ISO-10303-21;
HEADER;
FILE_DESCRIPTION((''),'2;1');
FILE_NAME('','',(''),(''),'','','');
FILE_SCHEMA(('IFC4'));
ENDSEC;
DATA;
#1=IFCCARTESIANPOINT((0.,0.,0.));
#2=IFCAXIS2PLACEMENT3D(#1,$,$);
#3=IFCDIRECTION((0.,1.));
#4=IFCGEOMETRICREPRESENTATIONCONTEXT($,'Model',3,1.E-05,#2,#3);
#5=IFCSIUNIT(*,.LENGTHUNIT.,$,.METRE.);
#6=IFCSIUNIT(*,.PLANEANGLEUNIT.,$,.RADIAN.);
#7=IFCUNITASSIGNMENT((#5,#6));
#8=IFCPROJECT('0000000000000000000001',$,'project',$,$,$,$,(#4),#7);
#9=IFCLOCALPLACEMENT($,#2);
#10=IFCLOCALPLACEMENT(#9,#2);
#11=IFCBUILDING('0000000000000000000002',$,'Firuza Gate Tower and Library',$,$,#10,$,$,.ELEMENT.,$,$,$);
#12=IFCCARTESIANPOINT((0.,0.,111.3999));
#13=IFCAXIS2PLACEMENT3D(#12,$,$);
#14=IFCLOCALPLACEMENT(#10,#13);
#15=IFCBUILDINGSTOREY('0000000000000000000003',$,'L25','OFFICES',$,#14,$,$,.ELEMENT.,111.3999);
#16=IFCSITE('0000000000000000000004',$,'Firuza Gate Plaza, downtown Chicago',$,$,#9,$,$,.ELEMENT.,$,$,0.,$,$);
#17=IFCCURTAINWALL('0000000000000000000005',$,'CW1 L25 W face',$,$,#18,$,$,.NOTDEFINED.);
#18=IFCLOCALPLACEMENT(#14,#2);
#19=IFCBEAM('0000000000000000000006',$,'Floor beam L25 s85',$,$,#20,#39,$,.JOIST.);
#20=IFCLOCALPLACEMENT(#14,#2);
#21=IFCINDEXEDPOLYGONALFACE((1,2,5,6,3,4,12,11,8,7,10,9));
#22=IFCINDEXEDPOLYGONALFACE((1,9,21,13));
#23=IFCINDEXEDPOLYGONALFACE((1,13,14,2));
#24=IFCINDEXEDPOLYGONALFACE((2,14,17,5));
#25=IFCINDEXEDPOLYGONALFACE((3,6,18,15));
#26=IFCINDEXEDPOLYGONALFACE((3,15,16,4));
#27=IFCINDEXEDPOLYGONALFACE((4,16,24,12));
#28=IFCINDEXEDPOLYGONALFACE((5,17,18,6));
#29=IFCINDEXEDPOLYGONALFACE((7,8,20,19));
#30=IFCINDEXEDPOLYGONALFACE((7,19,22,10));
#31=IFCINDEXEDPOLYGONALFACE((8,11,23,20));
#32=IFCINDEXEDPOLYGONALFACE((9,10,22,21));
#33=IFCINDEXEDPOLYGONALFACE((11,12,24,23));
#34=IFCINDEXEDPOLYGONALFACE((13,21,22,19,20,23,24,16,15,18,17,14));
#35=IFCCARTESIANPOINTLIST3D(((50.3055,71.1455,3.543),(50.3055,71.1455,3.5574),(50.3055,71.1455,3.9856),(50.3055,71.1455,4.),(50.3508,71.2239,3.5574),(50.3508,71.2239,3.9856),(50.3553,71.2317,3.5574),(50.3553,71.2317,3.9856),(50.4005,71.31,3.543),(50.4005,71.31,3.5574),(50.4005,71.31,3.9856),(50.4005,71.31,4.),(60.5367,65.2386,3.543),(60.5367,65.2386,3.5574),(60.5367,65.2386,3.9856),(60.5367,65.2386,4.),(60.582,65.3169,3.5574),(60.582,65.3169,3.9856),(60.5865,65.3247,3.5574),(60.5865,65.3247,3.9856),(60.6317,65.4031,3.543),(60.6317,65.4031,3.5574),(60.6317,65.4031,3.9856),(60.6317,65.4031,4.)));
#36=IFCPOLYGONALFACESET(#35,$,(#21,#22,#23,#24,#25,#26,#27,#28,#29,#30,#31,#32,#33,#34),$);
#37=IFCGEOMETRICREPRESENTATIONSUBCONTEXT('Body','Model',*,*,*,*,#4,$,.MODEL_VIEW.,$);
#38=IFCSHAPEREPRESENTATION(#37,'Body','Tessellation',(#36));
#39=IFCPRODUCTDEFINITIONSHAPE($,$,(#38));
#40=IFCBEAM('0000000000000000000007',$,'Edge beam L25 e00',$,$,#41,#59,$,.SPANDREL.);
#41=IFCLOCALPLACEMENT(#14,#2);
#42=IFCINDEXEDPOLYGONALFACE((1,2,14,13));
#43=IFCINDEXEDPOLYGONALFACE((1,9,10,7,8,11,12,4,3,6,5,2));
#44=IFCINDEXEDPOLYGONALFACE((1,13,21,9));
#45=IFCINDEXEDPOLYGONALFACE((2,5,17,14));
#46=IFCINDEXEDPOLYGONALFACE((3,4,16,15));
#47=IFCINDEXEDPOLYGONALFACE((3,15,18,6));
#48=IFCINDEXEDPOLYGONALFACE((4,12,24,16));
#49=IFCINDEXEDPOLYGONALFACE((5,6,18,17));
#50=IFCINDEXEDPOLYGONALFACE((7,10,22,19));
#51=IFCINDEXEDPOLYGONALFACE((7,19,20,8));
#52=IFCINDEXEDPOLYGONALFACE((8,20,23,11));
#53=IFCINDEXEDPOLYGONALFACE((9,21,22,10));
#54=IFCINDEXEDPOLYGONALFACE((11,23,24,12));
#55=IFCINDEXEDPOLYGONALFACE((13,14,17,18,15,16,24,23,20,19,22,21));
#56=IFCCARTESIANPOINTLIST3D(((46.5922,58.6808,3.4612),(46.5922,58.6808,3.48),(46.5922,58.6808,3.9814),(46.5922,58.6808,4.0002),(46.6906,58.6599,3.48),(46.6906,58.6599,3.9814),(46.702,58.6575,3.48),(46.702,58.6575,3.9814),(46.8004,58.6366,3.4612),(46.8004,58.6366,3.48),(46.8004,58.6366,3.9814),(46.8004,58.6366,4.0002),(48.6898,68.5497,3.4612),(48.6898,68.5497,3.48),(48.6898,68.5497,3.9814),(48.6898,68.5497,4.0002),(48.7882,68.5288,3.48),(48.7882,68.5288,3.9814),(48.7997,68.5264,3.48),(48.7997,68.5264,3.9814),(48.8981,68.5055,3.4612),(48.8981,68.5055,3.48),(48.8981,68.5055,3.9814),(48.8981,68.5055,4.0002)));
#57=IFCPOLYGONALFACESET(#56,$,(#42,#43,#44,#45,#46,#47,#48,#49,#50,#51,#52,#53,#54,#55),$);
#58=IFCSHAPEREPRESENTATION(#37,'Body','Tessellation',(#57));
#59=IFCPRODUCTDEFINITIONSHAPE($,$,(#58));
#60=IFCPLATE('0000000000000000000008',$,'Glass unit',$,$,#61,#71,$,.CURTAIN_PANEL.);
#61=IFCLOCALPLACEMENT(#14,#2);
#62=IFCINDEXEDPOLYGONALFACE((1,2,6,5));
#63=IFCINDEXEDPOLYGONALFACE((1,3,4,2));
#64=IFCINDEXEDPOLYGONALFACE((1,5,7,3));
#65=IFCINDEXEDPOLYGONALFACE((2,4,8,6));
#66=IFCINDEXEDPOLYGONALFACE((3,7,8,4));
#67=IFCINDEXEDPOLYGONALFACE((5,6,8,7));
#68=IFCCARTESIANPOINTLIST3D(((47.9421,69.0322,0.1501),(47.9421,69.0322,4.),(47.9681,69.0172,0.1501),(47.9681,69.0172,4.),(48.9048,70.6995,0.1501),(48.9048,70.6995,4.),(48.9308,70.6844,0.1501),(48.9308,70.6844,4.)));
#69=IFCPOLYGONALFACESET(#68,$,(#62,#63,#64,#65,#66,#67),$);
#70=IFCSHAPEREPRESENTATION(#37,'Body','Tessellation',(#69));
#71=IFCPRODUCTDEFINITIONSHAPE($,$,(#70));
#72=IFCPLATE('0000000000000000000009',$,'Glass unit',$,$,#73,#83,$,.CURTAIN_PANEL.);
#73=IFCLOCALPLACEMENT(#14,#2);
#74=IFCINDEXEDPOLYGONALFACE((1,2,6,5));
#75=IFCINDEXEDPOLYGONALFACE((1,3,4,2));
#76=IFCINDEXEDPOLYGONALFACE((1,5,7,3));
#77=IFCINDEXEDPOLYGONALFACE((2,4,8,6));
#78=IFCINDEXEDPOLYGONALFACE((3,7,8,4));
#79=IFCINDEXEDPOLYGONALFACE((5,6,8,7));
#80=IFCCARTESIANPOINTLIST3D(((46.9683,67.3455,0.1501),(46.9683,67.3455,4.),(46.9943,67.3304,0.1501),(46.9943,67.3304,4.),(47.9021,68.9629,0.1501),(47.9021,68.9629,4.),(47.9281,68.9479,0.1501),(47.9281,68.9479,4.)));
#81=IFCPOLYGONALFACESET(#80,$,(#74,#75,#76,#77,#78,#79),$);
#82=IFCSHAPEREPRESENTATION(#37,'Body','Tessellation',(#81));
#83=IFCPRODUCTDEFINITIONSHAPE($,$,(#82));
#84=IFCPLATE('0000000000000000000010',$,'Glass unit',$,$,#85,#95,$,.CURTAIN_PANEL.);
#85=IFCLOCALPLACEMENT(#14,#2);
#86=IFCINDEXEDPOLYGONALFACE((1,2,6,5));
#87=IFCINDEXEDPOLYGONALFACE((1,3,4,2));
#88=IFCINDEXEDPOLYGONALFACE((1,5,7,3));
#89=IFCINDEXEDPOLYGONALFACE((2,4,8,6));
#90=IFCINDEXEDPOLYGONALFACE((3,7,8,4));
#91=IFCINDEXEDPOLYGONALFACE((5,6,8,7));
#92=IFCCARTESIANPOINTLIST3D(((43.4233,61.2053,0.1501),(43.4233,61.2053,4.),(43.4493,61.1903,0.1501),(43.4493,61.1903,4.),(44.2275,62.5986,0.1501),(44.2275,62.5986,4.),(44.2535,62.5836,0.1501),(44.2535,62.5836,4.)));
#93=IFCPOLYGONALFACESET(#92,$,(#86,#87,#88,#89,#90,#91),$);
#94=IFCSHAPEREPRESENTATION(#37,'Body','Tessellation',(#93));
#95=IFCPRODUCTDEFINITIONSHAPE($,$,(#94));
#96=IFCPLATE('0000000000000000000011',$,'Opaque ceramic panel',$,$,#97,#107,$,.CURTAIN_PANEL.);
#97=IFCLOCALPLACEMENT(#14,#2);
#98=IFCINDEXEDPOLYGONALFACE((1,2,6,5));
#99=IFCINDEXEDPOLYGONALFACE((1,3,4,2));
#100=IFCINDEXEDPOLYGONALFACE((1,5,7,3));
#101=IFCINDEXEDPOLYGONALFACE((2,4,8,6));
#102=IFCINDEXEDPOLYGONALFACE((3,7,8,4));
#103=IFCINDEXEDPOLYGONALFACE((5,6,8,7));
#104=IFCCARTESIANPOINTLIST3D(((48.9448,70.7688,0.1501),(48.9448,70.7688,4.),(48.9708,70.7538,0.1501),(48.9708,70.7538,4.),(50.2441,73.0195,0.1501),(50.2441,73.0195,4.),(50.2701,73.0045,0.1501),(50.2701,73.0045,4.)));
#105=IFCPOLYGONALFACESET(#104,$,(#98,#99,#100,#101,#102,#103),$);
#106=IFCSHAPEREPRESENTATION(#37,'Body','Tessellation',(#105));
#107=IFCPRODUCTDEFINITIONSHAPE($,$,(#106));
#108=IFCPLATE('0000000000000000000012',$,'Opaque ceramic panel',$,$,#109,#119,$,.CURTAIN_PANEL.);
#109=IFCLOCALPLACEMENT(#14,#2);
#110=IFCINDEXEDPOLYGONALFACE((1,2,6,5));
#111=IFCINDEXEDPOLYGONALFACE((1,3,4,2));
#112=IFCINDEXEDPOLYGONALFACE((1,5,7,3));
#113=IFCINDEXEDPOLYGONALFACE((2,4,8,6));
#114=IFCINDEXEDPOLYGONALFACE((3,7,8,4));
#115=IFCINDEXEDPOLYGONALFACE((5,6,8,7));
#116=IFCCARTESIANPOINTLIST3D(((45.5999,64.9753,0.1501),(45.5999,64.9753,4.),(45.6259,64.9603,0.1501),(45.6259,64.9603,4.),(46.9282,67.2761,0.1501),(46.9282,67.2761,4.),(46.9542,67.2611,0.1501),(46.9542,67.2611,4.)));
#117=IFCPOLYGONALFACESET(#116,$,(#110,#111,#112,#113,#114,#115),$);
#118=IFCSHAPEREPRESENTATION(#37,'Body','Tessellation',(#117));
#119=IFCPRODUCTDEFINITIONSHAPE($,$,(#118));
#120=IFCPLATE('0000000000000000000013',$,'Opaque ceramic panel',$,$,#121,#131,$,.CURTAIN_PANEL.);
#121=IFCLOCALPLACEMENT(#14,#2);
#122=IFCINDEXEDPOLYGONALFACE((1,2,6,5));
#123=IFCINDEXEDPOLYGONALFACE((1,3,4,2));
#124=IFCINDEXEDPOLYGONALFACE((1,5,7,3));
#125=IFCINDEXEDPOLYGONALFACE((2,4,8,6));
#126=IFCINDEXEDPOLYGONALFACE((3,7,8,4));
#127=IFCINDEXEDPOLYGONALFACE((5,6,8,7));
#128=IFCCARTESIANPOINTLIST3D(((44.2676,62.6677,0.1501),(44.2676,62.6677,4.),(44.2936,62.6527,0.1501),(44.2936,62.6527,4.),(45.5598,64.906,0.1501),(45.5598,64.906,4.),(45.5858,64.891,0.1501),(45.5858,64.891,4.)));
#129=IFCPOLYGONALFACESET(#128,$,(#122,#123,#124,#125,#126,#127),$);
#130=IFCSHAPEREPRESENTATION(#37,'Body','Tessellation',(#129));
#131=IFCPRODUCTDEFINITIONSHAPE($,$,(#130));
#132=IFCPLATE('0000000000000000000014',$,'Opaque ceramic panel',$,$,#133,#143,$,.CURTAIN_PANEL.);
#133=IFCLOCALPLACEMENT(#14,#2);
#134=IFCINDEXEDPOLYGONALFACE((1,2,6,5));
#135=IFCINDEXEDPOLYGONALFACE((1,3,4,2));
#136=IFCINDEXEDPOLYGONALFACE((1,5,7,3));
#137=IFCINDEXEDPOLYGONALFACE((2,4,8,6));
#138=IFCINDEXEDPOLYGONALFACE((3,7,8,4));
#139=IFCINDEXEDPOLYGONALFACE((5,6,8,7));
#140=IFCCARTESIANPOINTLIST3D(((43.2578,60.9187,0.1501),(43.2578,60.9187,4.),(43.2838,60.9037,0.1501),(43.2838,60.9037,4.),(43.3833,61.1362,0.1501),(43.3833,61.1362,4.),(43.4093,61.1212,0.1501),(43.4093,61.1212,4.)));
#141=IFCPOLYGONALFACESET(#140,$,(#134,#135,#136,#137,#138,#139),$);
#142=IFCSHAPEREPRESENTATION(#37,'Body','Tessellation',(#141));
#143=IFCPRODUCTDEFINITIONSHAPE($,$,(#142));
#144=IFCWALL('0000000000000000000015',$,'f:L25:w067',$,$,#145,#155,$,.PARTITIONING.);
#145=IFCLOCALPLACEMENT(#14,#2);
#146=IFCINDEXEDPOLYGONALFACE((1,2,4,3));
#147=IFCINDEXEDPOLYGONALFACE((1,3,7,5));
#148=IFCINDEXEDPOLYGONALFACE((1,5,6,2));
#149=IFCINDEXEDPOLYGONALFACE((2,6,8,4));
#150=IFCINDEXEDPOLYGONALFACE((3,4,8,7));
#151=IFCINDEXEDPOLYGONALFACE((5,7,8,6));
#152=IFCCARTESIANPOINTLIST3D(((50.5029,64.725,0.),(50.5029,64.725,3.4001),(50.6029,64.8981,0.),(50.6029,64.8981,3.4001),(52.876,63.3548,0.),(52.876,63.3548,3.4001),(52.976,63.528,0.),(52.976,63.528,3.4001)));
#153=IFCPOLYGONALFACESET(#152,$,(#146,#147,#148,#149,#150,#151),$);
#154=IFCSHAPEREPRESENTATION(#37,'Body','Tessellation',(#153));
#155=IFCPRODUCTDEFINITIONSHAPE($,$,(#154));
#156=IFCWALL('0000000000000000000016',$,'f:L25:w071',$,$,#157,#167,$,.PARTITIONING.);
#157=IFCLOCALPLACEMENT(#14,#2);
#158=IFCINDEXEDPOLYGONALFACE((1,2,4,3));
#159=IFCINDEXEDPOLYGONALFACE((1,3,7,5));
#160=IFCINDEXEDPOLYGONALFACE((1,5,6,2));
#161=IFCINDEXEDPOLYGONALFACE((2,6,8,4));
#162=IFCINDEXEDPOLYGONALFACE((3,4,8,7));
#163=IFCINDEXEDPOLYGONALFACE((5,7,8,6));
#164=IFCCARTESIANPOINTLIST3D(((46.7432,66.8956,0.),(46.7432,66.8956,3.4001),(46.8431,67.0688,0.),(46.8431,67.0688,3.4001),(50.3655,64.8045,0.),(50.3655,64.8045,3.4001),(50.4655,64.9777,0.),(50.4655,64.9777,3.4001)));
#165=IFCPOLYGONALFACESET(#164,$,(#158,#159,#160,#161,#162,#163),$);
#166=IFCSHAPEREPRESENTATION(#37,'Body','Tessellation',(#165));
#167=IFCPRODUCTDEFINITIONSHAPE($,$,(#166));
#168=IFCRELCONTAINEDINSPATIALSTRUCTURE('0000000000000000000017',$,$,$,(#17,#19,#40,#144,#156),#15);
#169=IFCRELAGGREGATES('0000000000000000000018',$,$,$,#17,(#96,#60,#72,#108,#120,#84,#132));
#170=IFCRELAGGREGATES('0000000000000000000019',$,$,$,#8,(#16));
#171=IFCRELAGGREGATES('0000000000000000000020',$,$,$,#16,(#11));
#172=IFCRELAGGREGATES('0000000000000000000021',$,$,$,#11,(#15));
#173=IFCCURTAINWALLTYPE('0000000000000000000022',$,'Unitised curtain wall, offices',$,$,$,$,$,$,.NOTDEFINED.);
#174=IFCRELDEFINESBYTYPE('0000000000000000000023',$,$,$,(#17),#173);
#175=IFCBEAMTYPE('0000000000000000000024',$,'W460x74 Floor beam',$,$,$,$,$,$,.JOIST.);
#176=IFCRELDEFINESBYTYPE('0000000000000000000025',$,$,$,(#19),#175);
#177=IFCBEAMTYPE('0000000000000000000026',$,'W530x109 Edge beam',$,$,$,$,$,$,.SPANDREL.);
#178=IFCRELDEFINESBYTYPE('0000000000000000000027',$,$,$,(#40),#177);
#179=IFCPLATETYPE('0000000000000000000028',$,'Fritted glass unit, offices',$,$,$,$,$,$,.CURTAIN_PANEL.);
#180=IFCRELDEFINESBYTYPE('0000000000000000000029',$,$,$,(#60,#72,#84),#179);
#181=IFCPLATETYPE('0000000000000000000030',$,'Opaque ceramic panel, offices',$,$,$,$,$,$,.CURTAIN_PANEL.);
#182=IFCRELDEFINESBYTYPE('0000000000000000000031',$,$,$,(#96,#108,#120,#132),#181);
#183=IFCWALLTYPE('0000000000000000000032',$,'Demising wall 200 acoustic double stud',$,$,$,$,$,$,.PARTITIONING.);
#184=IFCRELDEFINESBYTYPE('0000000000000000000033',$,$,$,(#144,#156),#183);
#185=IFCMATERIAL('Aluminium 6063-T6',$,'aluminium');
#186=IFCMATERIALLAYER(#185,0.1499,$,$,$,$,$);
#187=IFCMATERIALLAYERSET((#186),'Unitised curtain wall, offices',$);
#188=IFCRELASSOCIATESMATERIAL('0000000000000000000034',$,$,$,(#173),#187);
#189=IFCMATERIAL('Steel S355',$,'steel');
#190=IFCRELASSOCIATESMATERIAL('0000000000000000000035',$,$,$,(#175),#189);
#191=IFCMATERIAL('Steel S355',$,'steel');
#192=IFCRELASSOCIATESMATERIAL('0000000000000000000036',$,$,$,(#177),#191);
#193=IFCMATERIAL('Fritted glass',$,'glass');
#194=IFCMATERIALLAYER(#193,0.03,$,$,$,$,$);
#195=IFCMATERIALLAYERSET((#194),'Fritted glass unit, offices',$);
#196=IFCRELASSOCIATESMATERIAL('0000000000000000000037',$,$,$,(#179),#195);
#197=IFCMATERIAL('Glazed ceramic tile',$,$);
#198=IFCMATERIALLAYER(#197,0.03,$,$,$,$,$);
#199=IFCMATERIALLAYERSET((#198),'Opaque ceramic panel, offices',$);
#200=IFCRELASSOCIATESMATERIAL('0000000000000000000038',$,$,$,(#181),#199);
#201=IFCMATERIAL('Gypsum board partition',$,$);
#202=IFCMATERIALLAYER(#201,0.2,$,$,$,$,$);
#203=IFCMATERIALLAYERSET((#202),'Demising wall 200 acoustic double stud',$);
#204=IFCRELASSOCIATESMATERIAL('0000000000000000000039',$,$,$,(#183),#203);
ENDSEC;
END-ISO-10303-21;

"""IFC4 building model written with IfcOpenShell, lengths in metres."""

from ifc_helpers import new_model, si_unit, direction, frame, frame_2d, origin, origin_2d, place, context, subcontext, project, spatial, polyline, rectangle, i_section, outline, extrude, material, layer, layer_set, material_profile, profile_set, type_object, element, aggregate, save


model = new_model("IFC4")

# Units and contexts
model_context = context("Model", 3, precision=1e-05, world=origin(), true_north=direction((0.0, 1.0)))
body_context = subcontext(model_context, "Body", "Model", "MODEL_VIEW")
ifc_project = project(units=[si_unit("LENGTHUNIT", "METRE"), si_unit("PLANEANGLEUNIT", "RADIAN")], contexts=[model_context])

# Site, building, storey
site_placement = place(None, origin())
site = spatial("IfcSite", under=ifc_project, at=site_placement, Name="Firuza Gate Plaza, downtown Chicago", CompositionType="ELEMENT", RefElevation=0.0)
building_placement = place(site_placement, origin())
building = spatial("IfcBuilding", under=site, at=building_placement, Name="Firuza Gate Tower and Library", CompositionType="ELEMENT")
storey_placement = place(building_placement, frame((0.0, 0.0, 111.3999)))
storey = spatial("IfcBuildingStorey", under=building, at=storey_placement, Name="L25", Description="OFFICES", CompositionType="ELEMENT", Elevation=111.3999)

# Curtain wall
ifc_material_1 = material(Name="Aluminium 6063-T6", Category="aluminium")
ifc_layer_1 = layer(ifc_material_1, 0.1499)
ifc_layer_set_1 = layer_set([ifc_layer_1], Name="Unitised curtain wall, offices")
curtain_wall_type_1 = type_object("IfcCurtainWallType", Name="Unitised curtain wall, offices", PredefinedType="NOTDEFINED", material=ifc_layer_set_1)
placement = place(storey_placement, origin())
curtain_wall_1 = element("IfcCurtainWall", 1, at=placement, inside=storey, type_object=curtain_wall_type_1, Name="CW1 L25 W face", PredefinedType="NOTDEFINED")

# Beams
ifc_material_2 = material(Name="Steel S355", Category="steel")
ifc_material_profile_1 = material_profile(ifc_material_2, i_section(OverallWidth=0.1899, OverallDepth=0.457, WebThickness=0.009, FlangeThickness=0.0144, at=origin_2d()))
ifc_profile_set_1 = profile_set([ifc_material_profile_1], Name="Steel S355")
beam_type_1 = type_object("IfcBeamType", Name="W460x74 Floor beam", PredefinedType="JOIST", material=ifc_profile_set_1)
beam_1_placement = place(storey_placement, frame((50.353, 71.2278, 3.7715), z_axis=(0.866026, -0.5, 0.0), x_axis=(0.5, 0.866026, 0.0)))
element("IfcBeam", 2, at=beam_1_placement, inside=storey, type_object=beam_type_1, Name="Floor beam L25 s85", PredefinedType="JOIST", context=body_context, shape_type="SweptSolid", body=[
    extrude(i_section(OverallWidth=0.1899, OverallDepth=0.457, WebThickness=0.009, FlangeThickness=0.0144, at=origin_2d()), origin(), (0.0, 0.0, 1.0), 11.814),
])
ifc_material_3 = material(Name="Steel S355", Category="steel")
ifc_material_profile_2 = material_profile(ifc_material_3, i_section(OverallWidth=0.2129, OverallDepth=0.5391, WebThickness=0.0117, FlangeThickness=0.0188, at=origin_2d()))
ifc_profile_set_2 = profile_set([ifc_material_profile_2], Name="Steel S355")
beam_type_2 = type_object("IfcBeamType", Name="W530x109 Edge beam", PredefinedType="SPANDREL", material=ifc_profile_set_2)
beam_2_placement = place(storey_placement, frame((48.7939, 68.5276, 3.7307), z_axis=(-0.207908, -0.978148, 0.0), x_axis=(0.978148, -0.207908, 0.0)))
element("IfcBeam", 3, at=beam_2_placement, inside=storey, type_object=beam_type_2, Name="Edge beam L25 e00", PredefinedType="SPANDREL", context=body_context, shape_type="SweptSolid", body=[
    extrude(i_section(OverallWidth=0.2129, OverallDepth=0.5391, WebThickness=0.0117, FlangeThickness=0.0188, at=origin_2d()), origin(), (0.0, 0.0, 1.0), 10.0894),
])

# Plates
ifc_material_4 = material(Name="Fritted glass", Category="glass")
ifc_layer_2 = layer(ifc_material_4, 0.03)
ifc_layer_set_2 = layer_set([ifc_layer_2], Name="Fritted glass unit, offices")
plate_type_1 = type_object("IfcPlateType", Name="Fritted glass unit, offices", PredefinedType="CURTAIN_PANEL", material=ifc_layer_set_2)
plate_1_placement = place(storey_placement, frame((48.9048, 70.6995, 0.1501), z_axis=(-0.86601, 0.500026, 0.0), x_axis=(-0.500026, -0.86601, 0.0)))
plate_1 = element("IfcPlate", 4, at=plate_1_placement, type_object=plate_type_1, Name="Glass unit", PredefinedType="CURTAIN_PANEL", context=body_context, shape_type="SweptSolid", body=[
    extrude(outline(polyline([(0.0, 0.0), (1.9252, 0.0), (1.9252, 3.8499), (0.0, 3.8499), (0.0, 0.0)])), origin(), (0.0, 0.0, -1.0), 0.03),
])
plate_2_placement = place(storey_placement, frame((47.9021, 68.9629, 0.1501), z_axis=(-0.866022, 0.500005, 0.0), x_axis=(-0.500005, -0.866022, 0.0)))
plate_2 = element("IfcPlate", 5, at=plate_2_placement, type_object=plate_type_1, Name="Glass unit", PredefinedType="CURTAIN_PANEL", context=body_context, shape_type="SweptSolid", body=[
    extrude(outline(polyline([(0.0, 0.0), (1.8677, 0.0), (1.8677, 3.8499), (0.0, 3.8499), (0.0, 0.0)])), origin(), (0.0, 0.0, -1.0), 0.03),
])
plate_3_placement = place(storey_placement, frame((44.2275, 62.5986, 0.1501), z_axis=(-0.866087, 0.499893, 0.0), x_axis=(-0.499893, -0.866087, 0.0)))
plate_3 = element("IfcPlate", 6, at=plate_3_placement, type_object=plate_type_1, Name="Glass unit", PredefinedType="CURTAIN_PANEL", context=body_context, shape_type="SweptSolid", body=[
    extrude(outline(polyline([(0.0, 0.0), (1.6087, 0.0), (1.6087, 3.8499), (0.0, 3.8499), (0.0, 0.0)])), origin(), (0.0, 0.0, -1.0), 0.03),
])
ifc_material_5 = material(Name="Glazed ceramic tile")
ifc_layer_3 = layer(ifc_material_5, 0.03)
ifc_layer_set_3 = layer_set([ifc_layer_3], Name="Opaque ceramic panel, offices")
plate_type_2 = type_object("IfcPlateType", Name="Opaque ceramic panel, offices", PredefinedType="CURTAIN_PANEL", material=ifc_layer_set_3)
plate_4_placement = place(storey_placement, frame((50.2441, 73.0195, 0.1501), z_axis=(-0.866049, 0.499958, 0.0), x_axis=(-0.499958, -0.866049, 0.0)))
plate_4 = element("IfcPlate", 7, at=plate_4_placement, type_object=plate_type_2, Name="Opaque ceramic panel", PredefinedType="CURTAIN_PANEL", context=body_context, shape_type="SweptSolid", body=[
    extrude(outline(polyline([(0.0, 0.0), (2.5988, 0.0), (2.5988, 3.8499), (0.0, 3.8499), (0.0, 0.0)])), origin(), (0.0, 0.0, -1.0), 0.03),
])
plate_5_placement = place(storey_placement, frame((46.9282, 67.2761, 0.1501), z_axis=(-0.866023, 0.500004, 0.0), x_axis=(-0.500004, -0.866023, 0.0)))
plate_5 = element("IfcPlate", 8, at=plate_5_placement, type_object=plate_type_2, Name="Opaque ceramic panel", PredefinedType="CURTAIN_PANEL", context=body_context, shape_type="SweptSolid", body=[
    extrude(outline(polyline([(0.0, 0.0), (2.6567, 0.0), (2.6567, 3.8499), (0.0, 3.8499), (0.0, 0.0)])), origin(), (0.0, 0.0, -1.0), 0.03),
])
plate_6_placement = place(storey_placement, frame((45.5598, 64.906, 0.1501), z_axis=(-0.866031, 0.49999, 0.0), x_axis=(-0.49999, -0.866031, 0.0)))
plate_6 = element("IfcPlate", 9, at=plate_6_placement, type_object=plate_type_2, Name="Opaque ceramic panel", PredefinedType="CURTAIN_PANEL", context=body_context, shape_type="SweptSolid", body=[
    extrude(outline(polyline([(0.0, 0.0), (2.5845, 0.0), (2.5845, 3.8499), (0.0, 3.8499), (0.0, 0.0)])), origin(), (0.0, 0.0, -1.0), 0.03),
])
plate_7_placement = place(storey_placement, frame((43.3833, 61.1362, 0.1501), z_axis=(-0.866202, 0.499694, 0.0), x_axis=(-0.499694, -0.866202, 0.0)))
plate_7 = element("IfcPlate", 10, at=plate_7_placement, type_object=plate_type_2, Name="Opaque ceramic panel", PredefinedType="CURTAIN_PANEL", context=body_context, shape_type="SweptSolid", body=[
    extrude(outline(polyline([(0.0, 0.0), (0.2511, 0.0), (0.2511, 3.8499), (0.0, 3.8499), (0.0, 0.0)])), origin(), (0.0, 0.0, -1.0), 0.03),
])
aggregate(curtain_wall_1, [plate_4, plate_1, plate_2, plate_5, plate_6, plate_3, plate_7])

# Walls
ifc_material_6 = material(Name="Gypsum board partition")
ifc_layer_4 = layer(ifc_material_6, 0.2)
ifc_layer_set_4 = layer_set([ifc_layer_4], Name="Demising wall 200 acoustic double stud")
wall_type_1 = type_object("IfcWallType", Name="Demising wall 200 acoustic double stud", PredefinedType="PARTITIONING", material=ifc_layer_set_4)
wall_1_placement = place(storey_placement, frame((52.926, 63.4414, 0.0), z_axis=(0.0, 0.0, 1.0), x_axis=(-0.866019, 0.50001, 0.0)))
element("IfcWall", 11, at=wall_1_placement, inside=storey, type_object=wall_type_1, Name="f:L25:w067", PredefinedType="PARTITIONING", context=body_context, shape_type="SweptSolid", body=[
    extrude(rectangle(XDim=2.7402, YDim=0.2, at=frame_2d((1.3701, 0.0))), origin(), (0.0, 0.0, 1.0), 3.4001),
])
wall_2_placement = place(storey_placement, frame((50.4155, 64.8911, 0.0), z_axis=(0.0, 0.0, 1.0), x_axis=(-0.866054, 0.49995, 0.0)))
element("IfcWall", 12, at=wall_2_placement, inside=storey, type_object=wall_type_1, Name="f:L25:w071", PredefinedType="PARTITIONING", context=body_context, shape_type="SweptSolid", body=[
    extrude(rectangle(XDim=4.1826, YDim=0.2, at=frame_2d((2.0913, 0.0))), origin(), (0.0, 0.0, 1.0), 3.4001),
])

save(model, "model.ifc")
